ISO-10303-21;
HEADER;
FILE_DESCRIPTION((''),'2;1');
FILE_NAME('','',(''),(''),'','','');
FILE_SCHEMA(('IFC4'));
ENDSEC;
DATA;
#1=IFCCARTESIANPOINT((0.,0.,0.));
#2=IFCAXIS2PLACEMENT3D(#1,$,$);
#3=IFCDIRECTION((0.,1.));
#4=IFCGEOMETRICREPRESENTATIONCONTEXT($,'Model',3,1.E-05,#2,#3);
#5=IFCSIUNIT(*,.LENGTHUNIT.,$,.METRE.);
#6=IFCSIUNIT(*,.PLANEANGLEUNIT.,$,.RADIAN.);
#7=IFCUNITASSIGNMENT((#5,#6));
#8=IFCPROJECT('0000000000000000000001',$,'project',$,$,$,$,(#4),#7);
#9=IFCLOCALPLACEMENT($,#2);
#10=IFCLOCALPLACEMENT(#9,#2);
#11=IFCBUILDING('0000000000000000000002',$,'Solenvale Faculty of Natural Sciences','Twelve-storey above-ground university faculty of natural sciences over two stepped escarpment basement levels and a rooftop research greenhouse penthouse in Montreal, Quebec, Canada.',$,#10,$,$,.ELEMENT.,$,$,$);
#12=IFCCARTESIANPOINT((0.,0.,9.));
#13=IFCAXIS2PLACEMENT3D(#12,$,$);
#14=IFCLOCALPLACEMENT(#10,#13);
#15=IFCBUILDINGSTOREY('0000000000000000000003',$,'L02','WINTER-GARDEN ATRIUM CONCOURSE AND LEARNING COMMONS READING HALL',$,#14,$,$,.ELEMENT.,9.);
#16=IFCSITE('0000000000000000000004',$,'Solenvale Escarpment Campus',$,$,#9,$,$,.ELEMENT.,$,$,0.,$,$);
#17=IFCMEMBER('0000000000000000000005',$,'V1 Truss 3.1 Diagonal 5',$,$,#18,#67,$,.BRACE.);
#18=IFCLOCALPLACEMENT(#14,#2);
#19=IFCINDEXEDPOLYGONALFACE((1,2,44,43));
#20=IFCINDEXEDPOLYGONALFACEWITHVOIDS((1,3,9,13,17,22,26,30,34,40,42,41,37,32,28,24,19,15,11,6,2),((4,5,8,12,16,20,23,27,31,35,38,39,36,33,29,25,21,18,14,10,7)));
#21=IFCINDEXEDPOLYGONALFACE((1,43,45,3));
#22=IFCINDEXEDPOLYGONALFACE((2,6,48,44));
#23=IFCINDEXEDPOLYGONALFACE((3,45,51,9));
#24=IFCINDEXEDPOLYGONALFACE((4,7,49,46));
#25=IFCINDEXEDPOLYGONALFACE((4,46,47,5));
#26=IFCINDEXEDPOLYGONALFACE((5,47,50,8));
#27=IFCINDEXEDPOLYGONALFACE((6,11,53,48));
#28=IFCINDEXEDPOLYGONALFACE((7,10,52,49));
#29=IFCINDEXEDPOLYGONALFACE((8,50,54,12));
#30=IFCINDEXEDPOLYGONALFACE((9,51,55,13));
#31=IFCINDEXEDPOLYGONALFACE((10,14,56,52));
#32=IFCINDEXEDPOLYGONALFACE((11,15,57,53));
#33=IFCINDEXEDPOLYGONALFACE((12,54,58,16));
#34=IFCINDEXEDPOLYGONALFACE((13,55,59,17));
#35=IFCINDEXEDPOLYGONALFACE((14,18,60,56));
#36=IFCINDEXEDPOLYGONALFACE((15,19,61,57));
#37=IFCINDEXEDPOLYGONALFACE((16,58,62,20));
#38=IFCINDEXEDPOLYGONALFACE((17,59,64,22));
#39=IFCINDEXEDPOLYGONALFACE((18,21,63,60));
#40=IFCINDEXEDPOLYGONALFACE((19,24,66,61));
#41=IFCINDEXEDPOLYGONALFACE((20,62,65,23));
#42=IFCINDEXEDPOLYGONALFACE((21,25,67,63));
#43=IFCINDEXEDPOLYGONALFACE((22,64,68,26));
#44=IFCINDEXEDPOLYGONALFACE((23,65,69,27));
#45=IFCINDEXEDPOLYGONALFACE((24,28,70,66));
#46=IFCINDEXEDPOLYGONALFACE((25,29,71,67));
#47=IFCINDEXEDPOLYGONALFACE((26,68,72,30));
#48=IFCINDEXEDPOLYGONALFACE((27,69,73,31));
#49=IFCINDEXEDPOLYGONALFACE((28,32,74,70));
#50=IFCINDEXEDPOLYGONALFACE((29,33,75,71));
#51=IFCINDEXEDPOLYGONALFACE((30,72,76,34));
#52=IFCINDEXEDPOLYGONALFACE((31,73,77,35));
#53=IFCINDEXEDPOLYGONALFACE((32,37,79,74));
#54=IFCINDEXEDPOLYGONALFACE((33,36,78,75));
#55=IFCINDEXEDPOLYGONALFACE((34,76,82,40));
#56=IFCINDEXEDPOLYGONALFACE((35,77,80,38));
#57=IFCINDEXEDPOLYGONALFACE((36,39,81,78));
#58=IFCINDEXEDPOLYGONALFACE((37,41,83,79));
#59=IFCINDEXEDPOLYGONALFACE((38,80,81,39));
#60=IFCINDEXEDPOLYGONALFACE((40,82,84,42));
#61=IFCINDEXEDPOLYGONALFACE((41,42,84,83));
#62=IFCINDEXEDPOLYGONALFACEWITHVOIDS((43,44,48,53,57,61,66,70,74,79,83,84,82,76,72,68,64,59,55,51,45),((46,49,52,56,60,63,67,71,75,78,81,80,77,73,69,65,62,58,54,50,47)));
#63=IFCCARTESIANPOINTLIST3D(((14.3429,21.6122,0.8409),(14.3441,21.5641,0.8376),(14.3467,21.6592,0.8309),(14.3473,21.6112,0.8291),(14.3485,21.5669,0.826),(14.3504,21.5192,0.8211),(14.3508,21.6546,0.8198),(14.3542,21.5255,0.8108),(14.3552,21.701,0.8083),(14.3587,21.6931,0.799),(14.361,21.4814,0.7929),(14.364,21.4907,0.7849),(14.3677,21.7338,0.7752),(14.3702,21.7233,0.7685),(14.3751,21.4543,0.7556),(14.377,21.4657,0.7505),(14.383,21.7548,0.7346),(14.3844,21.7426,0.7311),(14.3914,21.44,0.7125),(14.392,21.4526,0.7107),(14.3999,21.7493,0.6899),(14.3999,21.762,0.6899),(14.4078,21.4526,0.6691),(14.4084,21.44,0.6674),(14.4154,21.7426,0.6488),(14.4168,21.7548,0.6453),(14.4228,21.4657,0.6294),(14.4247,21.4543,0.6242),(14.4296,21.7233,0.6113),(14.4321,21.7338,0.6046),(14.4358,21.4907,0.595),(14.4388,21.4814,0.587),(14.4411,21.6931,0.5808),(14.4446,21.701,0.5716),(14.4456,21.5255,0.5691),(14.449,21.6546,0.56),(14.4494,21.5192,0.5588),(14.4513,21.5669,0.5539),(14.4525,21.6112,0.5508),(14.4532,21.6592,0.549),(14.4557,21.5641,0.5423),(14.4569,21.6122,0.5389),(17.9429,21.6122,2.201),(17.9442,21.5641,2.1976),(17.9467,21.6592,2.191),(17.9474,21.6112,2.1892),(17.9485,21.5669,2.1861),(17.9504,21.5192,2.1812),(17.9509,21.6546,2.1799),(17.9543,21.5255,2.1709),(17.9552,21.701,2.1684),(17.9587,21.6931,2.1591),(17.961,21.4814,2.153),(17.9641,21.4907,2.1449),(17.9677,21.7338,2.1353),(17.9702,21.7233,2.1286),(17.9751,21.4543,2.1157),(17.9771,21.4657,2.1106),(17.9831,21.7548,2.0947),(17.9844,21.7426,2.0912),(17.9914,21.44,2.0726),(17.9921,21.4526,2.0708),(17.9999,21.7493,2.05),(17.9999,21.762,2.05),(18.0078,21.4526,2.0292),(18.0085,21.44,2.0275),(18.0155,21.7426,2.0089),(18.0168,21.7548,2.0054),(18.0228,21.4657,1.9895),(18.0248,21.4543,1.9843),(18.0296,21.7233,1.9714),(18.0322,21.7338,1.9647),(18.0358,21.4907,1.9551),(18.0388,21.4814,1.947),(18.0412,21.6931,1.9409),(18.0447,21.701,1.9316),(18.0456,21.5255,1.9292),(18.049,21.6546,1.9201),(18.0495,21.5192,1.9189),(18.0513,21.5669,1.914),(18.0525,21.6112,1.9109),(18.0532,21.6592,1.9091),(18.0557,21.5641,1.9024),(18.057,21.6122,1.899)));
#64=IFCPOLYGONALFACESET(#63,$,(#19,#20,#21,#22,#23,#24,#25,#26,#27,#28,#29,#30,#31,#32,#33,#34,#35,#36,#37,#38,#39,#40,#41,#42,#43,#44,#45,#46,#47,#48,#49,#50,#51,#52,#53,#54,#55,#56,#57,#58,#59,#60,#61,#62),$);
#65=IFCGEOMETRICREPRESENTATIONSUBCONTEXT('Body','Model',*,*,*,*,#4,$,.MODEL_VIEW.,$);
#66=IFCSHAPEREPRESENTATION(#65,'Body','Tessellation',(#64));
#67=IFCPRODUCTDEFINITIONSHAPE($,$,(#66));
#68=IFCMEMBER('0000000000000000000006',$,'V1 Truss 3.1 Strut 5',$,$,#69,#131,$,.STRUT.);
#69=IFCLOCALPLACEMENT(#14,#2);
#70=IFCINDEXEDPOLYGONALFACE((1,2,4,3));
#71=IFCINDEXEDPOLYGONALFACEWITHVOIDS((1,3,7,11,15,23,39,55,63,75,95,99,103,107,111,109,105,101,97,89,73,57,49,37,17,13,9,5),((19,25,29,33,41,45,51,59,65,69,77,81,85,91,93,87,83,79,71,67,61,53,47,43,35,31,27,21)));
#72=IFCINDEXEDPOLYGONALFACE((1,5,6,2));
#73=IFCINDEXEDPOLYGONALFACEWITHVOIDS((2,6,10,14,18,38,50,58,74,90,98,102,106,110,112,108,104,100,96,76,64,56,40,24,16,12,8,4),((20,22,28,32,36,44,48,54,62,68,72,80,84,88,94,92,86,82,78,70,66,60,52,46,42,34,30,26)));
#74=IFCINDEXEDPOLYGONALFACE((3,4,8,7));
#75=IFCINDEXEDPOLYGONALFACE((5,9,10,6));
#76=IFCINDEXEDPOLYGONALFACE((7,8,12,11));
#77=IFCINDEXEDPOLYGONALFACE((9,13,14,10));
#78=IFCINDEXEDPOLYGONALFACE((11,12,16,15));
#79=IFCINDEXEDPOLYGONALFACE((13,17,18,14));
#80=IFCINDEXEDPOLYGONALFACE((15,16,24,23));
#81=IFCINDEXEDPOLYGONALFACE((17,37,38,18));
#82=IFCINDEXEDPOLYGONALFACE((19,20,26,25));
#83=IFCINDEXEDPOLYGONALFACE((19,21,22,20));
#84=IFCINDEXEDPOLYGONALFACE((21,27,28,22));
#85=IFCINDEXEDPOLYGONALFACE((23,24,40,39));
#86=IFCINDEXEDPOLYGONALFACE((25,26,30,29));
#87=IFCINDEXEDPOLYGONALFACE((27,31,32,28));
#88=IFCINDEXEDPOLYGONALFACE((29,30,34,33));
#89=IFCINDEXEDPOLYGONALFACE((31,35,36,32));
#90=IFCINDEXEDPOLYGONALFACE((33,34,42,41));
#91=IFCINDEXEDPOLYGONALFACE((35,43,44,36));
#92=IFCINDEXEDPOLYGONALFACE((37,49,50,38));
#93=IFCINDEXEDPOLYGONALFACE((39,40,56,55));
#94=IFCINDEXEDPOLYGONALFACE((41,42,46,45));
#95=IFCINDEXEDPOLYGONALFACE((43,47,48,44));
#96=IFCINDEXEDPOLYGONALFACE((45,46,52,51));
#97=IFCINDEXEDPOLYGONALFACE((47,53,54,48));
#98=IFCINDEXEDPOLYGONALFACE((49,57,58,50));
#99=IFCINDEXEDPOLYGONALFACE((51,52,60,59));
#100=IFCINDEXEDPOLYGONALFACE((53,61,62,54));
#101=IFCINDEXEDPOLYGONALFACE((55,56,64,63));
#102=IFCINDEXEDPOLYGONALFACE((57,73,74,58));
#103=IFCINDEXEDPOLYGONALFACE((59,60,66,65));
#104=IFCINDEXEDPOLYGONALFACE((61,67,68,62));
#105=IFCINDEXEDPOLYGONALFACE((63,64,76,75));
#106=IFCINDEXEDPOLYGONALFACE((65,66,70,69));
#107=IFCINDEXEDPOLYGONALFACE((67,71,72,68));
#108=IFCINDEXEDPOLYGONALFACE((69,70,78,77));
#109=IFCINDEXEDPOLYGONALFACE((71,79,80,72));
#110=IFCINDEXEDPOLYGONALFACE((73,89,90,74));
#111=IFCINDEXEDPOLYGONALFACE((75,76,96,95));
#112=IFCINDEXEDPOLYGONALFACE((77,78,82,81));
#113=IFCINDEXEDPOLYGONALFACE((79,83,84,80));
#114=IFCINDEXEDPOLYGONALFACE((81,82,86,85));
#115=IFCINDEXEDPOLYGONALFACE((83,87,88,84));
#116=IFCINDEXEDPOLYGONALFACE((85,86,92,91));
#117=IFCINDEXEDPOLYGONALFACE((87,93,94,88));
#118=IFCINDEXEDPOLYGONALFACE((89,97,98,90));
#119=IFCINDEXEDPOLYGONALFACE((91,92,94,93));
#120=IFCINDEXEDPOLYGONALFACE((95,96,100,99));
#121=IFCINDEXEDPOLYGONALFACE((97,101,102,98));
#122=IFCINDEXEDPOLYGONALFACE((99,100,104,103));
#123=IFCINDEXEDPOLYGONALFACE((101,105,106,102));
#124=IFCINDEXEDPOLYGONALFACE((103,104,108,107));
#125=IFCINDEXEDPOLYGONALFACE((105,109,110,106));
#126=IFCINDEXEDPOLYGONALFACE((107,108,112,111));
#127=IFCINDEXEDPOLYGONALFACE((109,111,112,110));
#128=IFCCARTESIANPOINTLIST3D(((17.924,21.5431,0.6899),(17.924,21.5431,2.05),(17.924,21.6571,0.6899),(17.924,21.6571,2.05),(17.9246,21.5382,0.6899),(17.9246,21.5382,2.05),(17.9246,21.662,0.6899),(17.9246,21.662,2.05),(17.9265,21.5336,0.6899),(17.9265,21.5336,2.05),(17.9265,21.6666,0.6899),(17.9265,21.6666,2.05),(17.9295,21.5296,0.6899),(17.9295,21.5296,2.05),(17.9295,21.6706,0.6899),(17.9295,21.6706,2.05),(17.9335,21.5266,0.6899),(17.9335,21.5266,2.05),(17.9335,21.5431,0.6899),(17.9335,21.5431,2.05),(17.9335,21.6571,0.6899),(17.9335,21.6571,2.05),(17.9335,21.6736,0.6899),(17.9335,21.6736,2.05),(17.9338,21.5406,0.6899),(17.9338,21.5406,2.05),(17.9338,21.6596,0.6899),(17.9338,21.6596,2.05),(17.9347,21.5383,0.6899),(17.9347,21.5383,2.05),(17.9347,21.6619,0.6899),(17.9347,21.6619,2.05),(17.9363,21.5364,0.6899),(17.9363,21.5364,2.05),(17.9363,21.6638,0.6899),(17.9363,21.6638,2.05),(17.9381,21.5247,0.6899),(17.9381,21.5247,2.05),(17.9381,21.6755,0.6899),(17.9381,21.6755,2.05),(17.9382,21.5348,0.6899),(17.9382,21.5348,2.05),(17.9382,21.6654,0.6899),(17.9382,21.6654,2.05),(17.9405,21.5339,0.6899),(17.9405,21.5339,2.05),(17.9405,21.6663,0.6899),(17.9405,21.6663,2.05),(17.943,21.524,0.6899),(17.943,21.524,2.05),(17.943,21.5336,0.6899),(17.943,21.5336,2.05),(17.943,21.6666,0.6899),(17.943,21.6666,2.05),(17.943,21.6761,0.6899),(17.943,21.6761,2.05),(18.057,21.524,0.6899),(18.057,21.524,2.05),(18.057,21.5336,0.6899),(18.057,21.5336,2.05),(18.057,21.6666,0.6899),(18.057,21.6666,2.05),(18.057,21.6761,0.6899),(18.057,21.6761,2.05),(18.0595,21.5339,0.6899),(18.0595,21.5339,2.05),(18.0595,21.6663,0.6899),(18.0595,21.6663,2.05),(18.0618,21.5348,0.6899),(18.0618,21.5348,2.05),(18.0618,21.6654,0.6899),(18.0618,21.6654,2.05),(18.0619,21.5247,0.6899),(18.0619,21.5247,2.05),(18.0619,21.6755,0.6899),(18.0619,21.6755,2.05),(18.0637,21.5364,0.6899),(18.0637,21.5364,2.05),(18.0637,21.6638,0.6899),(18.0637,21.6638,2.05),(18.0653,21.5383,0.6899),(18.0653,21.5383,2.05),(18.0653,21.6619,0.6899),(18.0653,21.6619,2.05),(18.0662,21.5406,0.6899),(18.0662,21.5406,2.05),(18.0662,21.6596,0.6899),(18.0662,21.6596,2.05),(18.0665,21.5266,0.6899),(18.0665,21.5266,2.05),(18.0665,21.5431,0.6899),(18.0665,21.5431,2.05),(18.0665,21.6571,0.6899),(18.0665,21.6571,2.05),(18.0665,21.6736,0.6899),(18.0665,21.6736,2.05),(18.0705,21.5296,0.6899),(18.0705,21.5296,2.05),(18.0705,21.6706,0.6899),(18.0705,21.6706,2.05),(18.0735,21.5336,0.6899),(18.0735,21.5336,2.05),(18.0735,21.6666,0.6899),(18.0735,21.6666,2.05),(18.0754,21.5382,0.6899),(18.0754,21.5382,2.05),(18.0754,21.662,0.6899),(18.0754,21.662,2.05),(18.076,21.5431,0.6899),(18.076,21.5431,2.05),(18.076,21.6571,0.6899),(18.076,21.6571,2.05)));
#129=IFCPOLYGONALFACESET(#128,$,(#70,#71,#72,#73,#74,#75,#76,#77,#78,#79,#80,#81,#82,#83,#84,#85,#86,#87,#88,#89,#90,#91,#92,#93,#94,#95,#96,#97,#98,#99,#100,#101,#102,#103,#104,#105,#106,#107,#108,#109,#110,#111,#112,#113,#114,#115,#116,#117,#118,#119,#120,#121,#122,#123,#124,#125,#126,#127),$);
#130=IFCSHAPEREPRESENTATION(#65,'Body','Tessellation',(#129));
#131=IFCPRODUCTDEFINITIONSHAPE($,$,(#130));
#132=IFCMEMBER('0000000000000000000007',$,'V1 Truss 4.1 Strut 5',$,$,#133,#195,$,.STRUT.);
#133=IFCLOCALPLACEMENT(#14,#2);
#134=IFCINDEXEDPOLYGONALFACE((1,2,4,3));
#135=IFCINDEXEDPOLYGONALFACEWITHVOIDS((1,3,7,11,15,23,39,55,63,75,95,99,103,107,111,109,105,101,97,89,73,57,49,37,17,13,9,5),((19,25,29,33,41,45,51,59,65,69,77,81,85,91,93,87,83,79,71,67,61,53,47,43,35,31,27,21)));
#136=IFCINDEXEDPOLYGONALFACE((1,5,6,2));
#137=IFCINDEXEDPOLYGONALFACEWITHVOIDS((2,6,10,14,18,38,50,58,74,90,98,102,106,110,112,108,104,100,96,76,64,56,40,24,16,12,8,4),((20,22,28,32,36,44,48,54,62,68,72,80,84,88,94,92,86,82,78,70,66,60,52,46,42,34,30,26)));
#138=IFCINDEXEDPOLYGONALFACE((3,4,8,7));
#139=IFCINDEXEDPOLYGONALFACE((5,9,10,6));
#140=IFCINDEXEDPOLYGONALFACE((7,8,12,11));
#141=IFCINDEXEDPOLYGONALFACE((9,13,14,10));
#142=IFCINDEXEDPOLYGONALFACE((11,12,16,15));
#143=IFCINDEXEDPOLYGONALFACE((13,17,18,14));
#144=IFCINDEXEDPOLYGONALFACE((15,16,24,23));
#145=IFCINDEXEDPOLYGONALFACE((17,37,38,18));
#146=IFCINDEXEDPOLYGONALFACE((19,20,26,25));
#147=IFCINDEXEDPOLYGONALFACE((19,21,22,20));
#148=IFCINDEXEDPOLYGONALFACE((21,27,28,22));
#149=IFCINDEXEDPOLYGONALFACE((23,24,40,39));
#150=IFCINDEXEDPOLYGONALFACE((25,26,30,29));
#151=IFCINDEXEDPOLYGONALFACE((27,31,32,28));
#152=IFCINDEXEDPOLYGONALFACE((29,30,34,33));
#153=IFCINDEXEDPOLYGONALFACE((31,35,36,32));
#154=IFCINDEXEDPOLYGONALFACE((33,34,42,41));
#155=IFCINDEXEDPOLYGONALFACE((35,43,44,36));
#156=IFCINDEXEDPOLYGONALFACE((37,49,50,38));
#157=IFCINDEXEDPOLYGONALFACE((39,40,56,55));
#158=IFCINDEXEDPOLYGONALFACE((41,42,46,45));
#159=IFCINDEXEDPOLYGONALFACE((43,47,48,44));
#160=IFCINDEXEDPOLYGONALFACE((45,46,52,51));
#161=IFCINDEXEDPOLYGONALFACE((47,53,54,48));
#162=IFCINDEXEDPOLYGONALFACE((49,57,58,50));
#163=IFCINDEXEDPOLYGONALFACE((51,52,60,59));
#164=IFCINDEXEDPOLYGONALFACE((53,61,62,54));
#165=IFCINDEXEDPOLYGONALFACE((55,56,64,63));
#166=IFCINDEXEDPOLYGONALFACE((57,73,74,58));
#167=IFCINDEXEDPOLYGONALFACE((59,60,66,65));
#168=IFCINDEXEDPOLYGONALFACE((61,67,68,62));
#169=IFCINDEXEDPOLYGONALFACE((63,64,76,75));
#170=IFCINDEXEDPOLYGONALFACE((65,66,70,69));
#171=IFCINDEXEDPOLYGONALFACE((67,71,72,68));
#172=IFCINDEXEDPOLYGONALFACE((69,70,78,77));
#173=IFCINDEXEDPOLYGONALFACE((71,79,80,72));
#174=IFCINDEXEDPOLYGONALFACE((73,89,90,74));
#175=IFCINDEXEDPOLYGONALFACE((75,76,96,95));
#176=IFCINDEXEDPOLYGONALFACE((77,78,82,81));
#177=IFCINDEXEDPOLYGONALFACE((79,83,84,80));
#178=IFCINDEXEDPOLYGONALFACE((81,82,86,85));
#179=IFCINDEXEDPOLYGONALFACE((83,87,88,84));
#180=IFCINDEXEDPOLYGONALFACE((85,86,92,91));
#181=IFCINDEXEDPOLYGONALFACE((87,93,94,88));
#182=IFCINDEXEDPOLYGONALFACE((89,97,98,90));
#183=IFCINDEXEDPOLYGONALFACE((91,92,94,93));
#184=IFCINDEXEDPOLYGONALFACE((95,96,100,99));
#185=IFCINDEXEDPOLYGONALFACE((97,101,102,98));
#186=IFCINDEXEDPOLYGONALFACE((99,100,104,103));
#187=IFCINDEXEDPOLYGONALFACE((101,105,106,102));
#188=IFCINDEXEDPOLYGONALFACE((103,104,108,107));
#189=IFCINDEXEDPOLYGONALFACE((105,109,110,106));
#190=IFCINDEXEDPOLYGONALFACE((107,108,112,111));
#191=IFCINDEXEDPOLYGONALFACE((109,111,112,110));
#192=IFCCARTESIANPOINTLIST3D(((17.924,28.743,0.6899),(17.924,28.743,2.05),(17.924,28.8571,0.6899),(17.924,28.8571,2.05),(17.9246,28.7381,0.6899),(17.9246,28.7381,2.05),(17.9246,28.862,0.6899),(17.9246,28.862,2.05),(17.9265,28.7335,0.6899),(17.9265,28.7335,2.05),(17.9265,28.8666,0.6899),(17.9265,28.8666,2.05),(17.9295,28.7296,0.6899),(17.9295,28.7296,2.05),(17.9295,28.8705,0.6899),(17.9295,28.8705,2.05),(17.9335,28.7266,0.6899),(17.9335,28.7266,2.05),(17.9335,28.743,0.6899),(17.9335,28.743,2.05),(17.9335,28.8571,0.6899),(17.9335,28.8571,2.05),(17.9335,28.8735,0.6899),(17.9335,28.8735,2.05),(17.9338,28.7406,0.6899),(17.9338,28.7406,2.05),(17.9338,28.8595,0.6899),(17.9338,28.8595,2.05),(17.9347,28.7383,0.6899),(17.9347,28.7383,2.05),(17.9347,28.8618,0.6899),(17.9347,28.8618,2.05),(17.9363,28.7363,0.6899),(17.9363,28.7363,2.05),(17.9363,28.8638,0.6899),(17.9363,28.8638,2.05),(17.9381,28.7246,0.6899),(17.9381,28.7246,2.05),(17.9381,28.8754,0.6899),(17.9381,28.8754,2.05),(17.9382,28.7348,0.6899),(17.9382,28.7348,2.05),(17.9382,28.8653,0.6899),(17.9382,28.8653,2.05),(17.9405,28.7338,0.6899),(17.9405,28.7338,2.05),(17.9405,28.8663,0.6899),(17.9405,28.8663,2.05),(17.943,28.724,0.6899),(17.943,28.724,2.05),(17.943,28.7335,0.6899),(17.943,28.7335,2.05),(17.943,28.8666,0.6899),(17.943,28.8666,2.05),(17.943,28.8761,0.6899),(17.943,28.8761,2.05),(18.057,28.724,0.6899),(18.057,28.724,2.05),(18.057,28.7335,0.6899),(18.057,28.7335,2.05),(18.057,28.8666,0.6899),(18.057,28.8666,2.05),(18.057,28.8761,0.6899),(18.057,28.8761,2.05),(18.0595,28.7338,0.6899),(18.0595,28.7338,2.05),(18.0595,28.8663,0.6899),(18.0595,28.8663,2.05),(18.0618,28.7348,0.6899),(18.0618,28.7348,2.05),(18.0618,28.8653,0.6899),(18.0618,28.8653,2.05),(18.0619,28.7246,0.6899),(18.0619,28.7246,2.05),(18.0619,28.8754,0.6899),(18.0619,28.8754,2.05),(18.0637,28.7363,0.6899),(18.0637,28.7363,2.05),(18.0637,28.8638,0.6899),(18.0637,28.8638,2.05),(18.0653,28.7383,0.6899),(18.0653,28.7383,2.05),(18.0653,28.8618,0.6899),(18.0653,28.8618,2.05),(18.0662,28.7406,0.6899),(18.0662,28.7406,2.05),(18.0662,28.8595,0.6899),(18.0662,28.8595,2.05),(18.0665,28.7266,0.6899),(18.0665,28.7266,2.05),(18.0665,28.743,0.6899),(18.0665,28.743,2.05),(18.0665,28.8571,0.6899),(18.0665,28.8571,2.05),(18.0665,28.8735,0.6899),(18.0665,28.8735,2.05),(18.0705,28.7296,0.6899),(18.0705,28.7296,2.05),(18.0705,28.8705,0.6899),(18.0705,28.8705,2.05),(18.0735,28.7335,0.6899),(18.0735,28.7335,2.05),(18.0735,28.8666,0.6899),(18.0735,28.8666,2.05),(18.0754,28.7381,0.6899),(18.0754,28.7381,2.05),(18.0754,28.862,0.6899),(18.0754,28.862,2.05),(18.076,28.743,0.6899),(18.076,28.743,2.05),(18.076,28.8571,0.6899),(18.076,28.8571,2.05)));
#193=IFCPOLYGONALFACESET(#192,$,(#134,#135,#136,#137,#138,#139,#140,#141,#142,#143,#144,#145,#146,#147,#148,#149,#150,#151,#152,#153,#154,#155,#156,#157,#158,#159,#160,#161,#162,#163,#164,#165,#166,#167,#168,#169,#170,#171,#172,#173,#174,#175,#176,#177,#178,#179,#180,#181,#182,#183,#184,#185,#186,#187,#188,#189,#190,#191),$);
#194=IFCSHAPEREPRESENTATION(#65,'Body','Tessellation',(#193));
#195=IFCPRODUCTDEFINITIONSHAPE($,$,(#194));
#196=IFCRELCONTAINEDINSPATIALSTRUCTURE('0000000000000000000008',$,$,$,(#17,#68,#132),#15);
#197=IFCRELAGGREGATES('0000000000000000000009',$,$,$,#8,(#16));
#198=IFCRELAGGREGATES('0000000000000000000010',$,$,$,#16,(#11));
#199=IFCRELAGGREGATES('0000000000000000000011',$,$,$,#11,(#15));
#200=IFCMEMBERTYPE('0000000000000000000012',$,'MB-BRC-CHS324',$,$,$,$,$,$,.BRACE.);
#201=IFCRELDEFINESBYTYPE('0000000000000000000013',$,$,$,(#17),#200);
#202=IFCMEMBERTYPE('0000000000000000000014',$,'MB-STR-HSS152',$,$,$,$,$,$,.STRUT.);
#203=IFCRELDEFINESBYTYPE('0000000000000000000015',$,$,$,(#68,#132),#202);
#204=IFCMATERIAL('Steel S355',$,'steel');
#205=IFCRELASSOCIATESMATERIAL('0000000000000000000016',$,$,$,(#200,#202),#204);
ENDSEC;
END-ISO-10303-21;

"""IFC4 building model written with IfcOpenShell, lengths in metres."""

from ifc_helpers import new_model, si_unit, direction, frame, origin, origin_2d, place, context, subcontext, project, spatial, hollow_rectangle, hollow_circle, extrude, material, material_profile, profile_set, type_object, element, save


model = new_model("IFC4")

# Units and contexts
model_context = context("Model", 3, precision=1e-05, world=origin(), true_north=direction((0.0, 1.0)))
body_context = subcontext(model_context, "Body", "Model", "MODEL_VIEW")
ifc_project = project(units=[si_unit("LENGTHUNIT", "METRE"), si_unit("PLANEANGLEUNIT", "RADIAN")], contexts=[model_context])

# Site, building, storey
site_placement = place(None, origin())
site = spatial("IfcSite", under=ifc_project, at=site_placement, Name="Solenvale Escarpment Campus", CompositionType="ELEMENT", RefElevation=0.0)
building_placement = place(site_placement, origin())
building = spatial("IfcBuilding", under=site, at=building_placement, Name="Solenvale Faculty of Natural Sciences", Description="Twelve-storey above-ground university faculty of natural sciences over two stepped escarpment basement levels and a rooftop research greenhouse penthouse in Montreal, Quebec, Canada.", CompositionType="ELEMENT")
storey_placement = place(building_placement, frame((0.0, 0.0, 9.0)))
storey = spatial("IfcBuildingStorey", under=building, at=storey_placement, Name="L02", Description="WINTER-GARDEN ATRIUM CONCOURSE AND LEARNING COMMONS READING HALL", CompositionType="ELEMENT", Elevation=9.0)

# Members
ifc_material_1 = material(Name="Steel S355", Category="steel")
ifc_material_profile_1 = material_profile(ifc_material_1, hollow_circle(Radius=0.1619, WallThickness=0.0127, at=origin_2d()), Name="HSS324x13")
ifc_profile_set_1 = profile_set([ifc_material_profile_1], Name="Steel S355")
member_type_1 = type_object("IfcMemberType", Name="MB-BRC-CHS324", PredefinedType="BRACE", material=ifc_profile_set_1)
member_1_placement = place(storey_placement, frame((14.3999, 21.6001, 0.6899), z_axis=(0.935466, 0.0, 0.353417), x_axis=(0.0, 1.0, 0.0)))
element("IfcMember", 1, at=member_1_placement, inside=storey, type_object=member_type_1, Name="V1 Truss 3.1 Diagonal 5", PredefinedType="BRACE", context=body_context, shape_type="SweptSolid", body=[
    extrude(hollow_circle(Radius=0.1619, WallThickness=0.0127, at=origin_2d()), origin(), (0.0, 0.0, 1.0), 3.8484),
])
ifc_material_profile_2 = material_profile(ifc_material_1, hollow_rectangle(XDim=0.1521, YDim=0.1521, WallThickness=0.0095, InnerFilletRadius=0.0095, OuterFilletRadius=0.019, at=origin_2d()), Name="HSS152x152x9.5")
ifc_profile_set_2 = profile_set([ifc_material_profile_2], Name="Steel S355")
member_type_2 = type_object("IfcMemberType", Name="MB-STR-HSS152", PredefinedType="STRUT", material=ifc_profile_set_2)
for number, where, z_axis, x_axis, name in (
    (2, (18.0, 21.6001, 0.6899), (0.0, 0.0, 1.0), (1.0, 0.0, 0.0), "V1 Truss 3.1 Strut 5"),
    (3, (18.0, 28.8, 0.6899), (0.0, 0.0, 1.0), (1.0, 0.0, 0.0), "V1 Truss 4.1 Strut 5"),
):
    element("IfcMember", number, at=place(storey_placement, frame(where, z_axis=z_axis, x_axis=x_axis)), inside=storey, type_object=member_type_2, Name=name, PredefinedType="STRUT", context=body_context, shape_type="SweptSolid", body=[
        extrude(hollow_rectangle(XDim=0.1521, YDim=0.1521, WallThickness=0.0095, InnerFilletRadius=0.0095, OuterFilletRadius=0.019, at=origin_2d()), origin(), (0.0, 0.0, 1.0), 1.3601),
    ])

save(model, "model.ifc")
